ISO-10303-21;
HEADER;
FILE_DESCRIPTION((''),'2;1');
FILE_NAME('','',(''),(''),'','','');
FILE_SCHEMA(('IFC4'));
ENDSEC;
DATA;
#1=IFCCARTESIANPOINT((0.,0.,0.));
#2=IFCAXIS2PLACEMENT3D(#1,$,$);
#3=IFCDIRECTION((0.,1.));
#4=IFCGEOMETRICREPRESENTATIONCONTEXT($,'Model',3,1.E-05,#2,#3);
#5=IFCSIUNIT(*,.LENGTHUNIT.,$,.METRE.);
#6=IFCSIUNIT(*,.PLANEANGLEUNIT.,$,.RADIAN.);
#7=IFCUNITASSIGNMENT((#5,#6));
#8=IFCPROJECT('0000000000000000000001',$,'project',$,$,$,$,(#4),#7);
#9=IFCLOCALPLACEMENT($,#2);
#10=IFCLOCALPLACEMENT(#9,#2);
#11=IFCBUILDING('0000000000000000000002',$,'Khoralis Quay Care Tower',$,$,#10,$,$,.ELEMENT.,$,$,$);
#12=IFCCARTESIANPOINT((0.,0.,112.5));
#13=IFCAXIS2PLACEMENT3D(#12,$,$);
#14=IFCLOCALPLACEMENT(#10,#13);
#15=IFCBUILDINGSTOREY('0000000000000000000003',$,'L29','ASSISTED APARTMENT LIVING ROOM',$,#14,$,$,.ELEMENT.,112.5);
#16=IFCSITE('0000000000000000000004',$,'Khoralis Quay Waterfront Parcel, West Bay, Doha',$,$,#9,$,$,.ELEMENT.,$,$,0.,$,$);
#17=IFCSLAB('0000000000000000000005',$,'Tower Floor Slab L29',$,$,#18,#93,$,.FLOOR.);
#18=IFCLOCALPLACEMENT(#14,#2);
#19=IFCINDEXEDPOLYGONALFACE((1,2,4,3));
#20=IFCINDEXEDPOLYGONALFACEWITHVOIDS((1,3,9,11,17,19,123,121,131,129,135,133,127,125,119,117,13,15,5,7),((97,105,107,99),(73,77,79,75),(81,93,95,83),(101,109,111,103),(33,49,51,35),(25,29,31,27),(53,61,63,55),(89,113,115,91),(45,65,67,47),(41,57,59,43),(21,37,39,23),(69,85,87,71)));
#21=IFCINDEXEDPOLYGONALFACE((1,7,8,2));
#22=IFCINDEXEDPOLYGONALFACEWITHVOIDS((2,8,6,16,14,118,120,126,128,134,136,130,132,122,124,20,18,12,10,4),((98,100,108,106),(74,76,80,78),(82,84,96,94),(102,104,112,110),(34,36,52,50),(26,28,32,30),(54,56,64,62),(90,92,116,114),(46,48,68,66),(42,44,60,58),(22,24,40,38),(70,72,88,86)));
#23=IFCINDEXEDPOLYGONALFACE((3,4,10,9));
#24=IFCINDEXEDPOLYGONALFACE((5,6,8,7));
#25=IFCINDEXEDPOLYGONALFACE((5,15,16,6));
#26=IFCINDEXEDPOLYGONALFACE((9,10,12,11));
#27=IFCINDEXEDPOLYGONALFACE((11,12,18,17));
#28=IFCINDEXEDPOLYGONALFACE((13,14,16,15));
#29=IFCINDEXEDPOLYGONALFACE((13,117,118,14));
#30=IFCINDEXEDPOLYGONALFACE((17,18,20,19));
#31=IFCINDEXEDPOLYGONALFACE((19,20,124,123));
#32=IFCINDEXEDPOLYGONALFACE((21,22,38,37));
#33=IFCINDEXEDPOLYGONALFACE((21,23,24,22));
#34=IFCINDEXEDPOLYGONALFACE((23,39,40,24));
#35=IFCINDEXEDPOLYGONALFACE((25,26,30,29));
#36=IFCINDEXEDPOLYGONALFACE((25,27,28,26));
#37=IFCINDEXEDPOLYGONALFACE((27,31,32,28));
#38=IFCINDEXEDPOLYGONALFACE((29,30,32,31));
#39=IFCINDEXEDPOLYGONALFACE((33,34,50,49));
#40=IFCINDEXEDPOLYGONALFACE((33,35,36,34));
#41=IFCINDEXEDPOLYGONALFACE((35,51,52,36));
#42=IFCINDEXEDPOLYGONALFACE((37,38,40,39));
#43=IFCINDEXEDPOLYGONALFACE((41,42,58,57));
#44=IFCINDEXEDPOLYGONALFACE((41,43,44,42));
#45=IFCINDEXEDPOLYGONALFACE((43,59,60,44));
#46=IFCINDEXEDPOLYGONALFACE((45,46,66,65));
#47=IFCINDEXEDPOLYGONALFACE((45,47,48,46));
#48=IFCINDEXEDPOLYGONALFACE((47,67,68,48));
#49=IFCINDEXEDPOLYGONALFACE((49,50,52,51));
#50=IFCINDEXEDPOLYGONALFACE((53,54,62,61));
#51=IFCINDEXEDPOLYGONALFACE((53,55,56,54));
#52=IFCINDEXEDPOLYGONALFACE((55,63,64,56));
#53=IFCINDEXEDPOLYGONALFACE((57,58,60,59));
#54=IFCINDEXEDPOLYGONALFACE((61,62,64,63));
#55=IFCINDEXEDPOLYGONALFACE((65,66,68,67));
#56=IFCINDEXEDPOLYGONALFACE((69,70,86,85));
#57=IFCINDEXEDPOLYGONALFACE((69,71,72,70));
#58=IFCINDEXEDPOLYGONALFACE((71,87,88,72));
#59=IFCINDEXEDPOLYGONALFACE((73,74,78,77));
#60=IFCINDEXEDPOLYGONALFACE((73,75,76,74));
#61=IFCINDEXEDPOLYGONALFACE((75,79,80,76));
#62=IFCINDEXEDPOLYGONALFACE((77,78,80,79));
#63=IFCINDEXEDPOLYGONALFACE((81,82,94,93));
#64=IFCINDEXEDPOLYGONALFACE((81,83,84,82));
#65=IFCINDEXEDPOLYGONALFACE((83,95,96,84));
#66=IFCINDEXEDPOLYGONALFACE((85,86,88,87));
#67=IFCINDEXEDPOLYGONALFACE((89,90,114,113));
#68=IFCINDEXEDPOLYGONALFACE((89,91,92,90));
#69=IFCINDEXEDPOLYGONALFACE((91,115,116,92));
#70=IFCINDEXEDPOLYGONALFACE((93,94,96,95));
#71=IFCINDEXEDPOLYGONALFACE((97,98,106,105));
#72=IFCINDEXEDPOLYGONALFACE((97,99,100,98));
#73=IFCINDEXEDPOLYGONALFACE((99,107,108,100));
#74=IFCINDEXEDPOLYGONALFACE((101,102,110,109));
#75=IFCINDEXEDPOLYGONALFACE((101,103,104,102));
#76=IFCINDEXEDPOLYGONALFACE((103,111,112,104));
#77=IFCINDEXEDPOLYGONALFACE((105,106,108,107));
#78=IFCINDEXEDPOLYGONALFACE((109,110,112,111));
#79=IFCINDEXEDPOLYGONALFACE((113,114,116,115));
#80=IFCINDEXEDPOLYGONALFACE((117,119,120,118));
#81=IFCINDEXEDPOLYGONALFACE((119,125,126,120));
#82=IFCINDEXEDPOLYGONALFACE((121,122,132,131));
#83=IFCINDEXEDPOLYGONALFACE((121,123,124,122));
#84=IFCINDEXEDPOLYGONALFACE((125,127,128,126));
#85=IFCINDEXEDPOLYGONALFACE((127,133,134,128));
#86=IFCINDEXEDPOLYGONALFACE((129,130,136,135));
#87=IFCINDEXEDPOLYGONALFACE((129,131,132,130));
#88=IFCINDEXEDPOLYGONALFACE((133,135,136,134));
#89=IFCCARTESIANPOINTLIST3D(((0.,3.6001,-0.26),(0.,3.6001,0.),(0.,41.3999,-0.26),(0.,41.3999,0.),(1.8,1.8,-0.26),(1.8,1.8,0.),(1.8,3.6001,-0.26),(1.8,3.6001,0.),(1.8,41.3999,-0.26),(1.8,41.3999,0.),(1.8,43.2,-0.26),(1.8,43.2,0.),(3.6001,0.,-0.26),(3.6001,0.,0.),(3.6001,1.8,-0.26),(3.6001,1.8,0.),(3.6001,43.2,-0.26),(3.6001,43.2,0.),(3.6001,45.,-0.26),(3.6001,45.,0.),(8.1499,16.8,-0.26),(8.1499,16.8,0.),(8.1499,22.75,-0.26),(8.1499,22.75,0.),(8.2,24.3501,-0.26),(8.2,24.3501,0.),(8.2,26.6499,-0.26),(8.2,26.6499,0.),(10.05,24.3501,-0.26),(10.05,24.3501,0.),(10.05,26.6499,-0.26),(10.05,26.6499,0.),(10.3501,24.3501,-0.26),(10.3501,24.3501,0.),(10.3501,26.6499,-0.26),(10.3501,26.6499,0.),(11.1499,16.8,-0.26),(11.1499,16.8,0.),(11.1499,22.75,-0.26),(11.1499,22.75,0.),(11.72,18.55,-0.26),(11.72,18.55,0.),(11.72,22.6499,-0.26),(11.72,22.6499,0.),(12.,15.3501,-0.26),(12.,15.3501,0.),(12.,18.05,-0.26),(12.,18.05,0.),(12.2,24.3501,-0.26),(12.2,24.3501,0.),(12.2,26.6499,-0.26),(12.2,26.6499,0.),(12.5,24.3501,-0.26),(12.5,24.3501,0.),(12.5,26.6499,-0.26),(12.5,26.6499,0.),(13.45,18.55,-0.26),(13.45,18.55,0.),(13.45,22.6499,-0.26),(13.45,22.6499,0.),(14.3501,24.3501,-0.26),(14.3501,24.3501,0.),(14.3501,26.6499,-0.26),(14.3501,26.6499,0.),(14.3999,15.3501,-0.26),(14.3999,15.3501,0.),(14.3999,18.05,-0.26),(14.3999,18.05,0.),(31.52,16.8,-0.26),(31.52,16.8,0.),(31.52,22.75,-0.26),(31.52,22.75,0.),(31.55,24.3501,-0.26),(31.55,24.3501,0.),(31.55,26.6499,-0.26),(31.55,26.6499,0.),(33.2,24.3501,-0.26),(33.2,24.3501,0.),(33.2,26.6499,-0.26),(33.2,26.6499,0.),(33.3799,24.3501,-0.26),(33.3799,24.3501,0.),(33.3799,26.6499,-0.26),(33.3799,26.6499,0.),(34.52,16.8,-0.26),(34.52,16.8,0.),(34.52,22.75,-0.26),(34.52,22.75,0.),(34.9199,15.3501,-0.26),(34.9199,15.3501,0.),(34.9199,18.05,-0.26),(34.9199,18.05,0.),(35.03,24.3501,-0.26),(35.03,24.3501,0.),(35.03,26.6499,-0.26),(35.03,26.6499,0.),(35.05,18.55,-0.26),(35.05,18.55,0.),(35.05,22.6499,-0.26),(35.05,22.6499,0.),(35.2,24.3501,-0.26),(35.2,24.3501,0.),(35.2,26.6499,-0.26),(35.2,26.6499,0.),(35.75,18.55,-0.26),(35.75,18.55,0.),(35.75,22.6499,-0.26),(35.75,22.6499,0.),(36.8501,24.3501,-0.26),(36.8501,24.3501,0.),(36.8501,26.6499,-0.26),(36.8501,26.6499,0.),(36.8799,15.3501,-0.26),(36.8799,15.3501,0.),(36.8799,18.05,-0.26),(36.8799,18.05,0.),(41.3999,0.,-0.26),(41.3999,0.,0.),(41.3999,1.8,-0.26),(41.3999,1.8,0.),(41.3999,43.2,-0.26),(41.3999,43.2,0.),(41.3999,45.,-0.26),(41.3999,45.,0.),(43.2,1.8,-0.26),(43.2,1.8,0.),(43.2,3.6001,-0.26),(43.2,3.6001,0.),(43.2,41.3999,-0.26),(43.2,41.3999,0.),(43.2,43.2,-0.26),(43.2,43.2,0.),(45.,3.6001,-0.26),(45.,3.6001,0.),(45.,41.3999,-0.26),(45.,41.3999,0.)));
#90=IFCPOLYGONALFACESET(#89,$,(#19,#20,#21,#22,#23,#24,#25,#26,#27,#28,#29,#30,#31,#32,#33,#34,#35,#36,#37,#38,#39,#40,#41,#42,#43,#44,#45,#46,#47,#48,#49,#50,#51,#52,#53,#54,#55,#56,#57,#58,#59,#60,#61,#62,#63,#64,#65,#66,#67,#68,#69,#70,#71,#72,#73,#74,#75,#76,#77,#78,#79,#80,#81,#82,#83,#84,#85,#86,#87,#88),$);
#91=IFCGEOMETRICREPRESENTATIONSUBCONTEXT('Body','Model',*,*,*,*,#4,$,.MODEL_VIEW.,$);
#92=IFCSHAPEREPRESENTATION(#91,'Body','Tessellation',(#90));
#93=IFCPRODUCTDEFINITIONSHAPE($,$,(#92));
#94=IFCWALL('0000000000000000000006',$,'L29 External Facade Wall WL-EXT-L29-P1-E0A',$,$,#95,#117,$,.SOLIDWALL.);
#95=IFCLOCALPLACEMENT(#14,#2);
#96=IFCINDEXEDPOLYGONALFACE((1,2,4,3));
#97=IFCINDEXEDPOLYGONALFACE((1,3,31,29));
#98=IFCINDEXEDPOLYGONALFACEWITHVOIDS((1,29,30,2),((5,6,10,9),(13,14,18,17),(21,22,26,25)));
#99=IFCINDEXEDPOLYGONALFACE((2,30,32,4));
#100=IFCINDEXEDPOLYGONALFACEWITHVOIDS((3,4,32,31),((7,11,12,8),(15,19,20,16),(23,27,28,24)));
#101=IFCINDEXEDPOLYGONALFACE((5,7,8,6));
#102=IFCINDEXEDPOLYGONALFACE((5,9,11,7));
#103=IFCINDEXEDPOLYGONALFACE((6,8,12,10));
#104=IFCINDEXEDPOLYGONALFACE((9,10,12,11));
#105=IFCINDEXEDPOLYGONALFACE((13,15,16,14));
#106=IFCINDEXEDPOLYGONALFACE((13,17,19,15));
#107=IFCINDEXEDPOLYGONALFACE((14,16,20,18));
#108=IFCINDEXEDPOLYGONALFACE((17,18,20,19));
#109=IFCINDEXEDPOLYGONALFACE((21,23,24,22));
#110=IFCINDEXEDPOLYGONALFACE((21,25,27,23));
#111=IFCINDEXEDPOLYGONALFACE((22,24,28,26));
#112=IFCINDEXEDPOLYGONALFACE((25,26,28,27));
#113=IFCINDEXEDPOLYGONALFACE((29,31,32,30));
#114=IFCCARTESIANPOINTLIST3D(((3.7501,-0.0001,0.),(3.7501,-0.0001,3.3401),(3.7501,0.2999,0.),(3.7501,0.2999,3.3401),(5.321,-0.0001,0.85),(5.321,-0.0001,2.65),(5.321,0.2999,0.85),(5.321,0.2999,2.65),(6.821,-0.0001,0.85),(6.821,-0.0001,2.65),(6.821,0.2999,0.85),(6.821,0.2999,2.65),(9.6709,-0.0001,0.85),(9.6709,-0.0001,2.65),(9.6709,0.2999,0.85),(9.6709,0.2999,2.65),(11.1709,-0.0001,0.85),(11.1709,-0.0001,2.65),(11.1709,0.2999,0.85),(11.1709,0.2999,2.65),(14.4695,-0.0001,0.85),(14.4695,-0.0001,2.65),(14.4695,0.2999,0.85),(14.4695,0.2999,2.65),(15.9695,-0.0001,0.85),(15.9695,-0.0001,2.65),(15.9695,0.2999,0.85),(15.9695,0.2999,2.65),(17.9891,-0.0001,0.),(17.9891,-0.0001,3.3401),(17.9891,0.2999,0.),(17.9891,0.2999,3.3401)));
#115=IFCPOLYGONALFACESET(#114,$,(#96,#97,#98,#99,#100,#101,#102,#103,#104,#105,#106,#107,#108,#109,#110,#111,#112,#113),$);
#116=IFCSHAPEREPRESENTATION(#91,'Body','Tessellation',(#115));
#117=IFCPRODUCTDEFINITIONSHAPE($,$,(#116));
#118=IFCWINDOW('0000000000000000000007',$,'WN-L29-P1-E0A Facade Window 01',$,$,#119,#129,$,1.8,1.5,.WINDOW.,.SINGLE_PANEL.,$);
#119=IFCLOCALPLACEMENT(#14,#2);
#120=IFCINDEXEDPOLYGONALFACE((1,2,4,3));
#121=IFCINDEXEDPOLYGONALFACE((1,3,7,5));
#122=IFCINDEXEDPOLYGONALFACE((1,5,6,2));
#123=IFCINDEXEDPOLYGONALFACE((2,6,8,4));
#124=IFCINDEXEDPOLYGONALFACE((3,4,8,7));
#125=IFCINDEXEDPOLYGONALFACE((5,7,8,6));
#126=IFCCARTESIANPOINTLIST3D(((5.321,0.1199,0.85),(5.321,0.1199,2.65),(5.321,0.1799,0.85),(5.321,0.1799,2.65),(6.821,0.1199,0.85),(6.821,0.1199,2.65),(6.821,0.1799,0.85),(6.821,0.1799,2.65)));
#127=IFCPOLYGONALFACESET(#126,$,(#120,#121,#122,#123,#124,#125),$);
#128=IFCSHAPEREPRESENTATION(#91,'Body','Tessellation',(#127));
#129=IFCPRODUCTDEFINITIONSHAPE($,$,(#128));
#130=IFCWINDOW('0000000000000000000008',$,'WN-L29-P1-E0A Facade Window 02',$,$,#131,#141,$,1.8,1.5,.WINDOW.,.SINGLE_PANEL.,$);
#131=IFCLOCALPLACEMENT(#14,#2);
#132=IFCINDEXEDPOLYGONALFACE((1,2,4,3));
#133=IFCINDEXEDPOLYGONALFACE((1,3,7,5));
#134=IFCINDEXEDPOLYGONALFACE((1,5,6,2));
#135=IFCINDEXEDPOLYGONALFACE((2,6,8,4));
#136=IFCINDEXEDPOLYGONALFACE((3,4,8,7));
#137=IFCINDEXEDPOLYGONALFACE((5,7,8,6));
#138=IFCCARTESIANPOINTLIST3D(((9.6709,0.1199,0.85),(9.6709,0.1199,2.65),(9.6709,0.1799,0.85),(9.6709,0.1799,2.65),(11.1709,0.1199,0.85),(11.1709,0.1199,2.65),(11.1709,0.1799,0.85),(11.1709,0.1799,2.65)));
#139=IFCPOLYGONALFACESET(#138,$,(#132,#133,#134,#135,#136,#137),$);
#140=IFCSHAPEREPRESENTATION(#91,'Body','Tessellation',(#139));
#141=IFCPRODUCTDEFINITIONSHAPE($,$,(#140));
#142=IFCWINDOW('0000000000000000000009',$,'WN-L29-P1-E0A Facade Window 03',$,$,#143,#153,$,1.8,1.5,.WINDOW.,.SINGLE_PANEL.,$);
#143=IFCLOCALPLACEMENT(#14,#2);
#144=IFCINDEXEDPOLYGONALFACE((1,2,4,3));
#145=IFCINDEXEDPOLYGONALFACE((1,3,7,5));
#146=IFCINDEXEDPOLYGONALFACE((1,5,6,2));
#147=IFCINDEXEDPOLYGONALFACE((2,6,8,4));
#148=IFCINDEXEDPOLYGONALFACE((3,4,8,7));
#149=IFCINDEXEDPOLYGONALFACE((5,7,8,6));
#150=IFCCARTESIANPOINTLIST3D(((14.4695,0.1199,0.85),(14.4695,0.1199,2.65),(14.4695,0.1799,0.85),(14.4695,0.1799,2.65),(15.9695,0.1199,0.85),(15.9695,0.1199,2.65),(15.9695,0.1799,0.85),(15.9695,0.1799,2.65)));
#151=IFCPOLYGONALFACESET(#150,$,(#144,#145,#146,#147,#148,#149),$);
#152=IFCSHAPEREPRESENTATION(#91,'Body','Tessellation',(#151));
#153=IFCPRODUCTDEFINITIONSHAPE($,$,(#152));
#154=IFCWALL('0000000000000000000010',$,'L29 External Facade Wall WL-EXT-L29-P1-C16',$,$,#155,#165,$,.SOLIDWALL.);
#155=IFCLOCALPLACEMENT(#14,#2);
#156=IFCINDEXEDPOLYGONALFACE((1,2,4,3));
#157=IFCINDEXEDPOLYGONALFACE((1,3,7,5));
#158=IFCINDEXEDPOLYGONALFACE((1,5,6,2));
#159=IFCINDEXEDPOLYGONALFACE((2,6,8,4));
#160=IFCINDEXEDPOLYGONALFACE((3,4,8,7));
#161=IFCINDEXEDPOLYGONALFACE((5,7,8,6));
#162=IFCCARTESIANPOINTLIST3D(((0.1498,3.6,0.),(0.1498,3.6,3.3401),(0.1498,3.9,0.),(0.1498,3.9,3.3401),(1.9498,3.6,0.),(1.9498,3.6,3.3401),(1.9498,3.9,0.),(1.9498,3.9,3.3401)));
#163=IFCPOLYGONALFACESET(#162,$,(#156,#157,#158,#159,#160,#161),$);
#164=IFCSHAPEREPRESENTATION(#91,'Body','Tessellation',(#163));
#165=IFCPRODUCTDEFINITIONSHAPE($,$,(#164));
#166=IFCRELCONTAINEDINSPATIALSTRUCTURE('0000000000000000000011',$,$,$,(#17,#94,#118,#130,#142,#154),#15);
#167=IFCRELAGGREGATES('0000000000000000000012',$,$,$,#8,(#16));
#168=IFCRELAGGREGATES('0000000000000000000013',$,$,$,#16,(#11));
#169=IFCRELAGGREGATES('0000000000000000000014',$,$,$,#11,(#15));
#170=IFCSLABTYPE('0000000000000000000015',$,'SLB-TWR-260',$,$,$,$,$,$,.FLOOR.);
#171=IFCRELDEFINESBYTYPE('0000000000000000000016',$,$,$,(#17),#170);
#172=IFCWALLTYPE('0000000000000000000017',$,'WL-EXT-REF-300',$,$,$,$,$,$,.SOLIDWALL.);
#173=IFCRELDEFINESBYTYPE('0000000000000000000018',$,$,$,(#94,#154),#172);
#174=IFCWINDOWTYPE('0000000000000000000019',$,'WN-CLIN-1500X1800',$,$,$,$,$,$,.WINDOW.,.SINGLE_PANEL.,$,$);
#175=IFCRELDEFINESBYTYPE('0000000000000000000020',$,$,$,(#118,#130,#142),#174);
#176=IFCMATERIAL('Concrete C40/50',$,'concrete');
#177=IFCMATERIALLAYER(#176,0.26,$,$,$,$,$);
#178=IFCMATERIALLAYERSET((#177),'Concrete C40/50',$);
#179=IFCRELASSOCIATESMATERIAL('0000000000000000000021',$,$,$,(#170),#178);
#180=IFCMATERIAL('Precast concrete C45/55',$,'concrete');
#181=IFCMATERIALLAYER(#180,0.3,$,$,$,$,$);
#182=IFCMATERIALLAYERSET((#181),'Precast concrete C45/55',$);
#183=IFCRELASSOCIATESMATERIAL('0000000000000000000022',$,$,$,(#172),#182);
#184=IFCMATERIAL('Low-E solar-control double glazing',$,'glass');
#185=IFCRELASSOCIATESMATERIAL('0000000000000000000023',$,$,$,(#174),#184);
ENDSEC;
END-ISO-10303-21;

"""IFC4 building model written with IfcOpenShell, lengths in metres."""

from ifc_helpers import new_model, si_unit, direction, frame, frame_2d, origin, place, context, subcontext, project, spatial, polyline, rectangle, outline, extrude, source, transform, mapped, material, layer, layer_set, type_object, element, fill, save


model = new_model("IFC4")

# Units and contexts
model_context = context("Model", 3, precision=1e-05, world=origin(), true_north=direction((0.0, 1.0)))
body_context = subcontext(model_context, "Body", "Model", "MODEL_VIEW")
ifc_project = project(units=[si_unit("LENGTHUNIT", "METRE"), si_unit("PLANEANGLEUNIT", "RADIAN")], contexts=[model_context])

# Site, building, storey
site_placement = place(None, origin())
site = spatial("IfcSite", under=ifc_project, at=site_placement, Name="Khoralis Quay Waterfront Parcel, West Bay, Doha", CompositionType="ELEMENT", RefElevation=0.0)
building_placement = place(site_placement, origin())
building = spatial("IfcBuilding", under=site, at=building_placement, Name="Khoralis Quay Care Tower", CompositionType="ELEMENT")
storey_placement = place(building_placement, frame((0.0, 0.0, 112.5)))
storey = spatial("IfcBuildingStorey", under=building, at=storey_placement, Name="L29", Description="ASSISTED APARTMENT LIVING ROOM", CompositionType="ELEMENT", Elevation=112.5)

# Shared definitions
ifc_material_1 = material(Name="Precast concrete C45/55", Category="concrete")

# Slab
ifc_material_2 = material(Name="Concrete C40/50", Category="concrete")
ifc_layer_1 = layer(ifc_material_2, 0.26)
ifc_layer_set_1 = layer_set([ifc_layer_1], Name="Concrete C40/50")
slab_type_1 = type_object("IfcSlabType", Name="SLB-TWR-260", PredefinedType="FLOOR", material=ifc_layer_set_1)
slab_1_placement = place(storey_placement, frame((0.0, 0.0, -0.26)))
element("IfcSlab", 1, at=slab_1_placement, inside=storey, type_object=slab_type_1, Name="Tower Floor Slab L29", PredefinedType="FLOOR", context=body_context, shape_type="SweptSolid", body=[
    extrude(outline(polyline([(3.6001, 0.0), (41.3999, 0.0), (41.3999, 1.8), (43.2, 1.8), (43.2, 3.6001), (45.0, 3.6001), (45.0, 41.3999), (43.2, 41.3999), (43.2, 43.2), (41.3999, 43.2), (41.3999, 45.0), (3.6001, 45.0), (3.6001, 43.2), (1.8, 43.2), (1.8, 41.3999), (0.0, 41.3999), (0.0, 3.6001), (1.8, 3.6001), (1.8, 1.8), (3.6001, 1.8), (3.6001, 0.0)]), holes=[polyline([(11.1499, 16.8), (11.1499, 22.75), (8.1499, 22.75), (8.1499, 16.8), (11.1499, 16.8)]), polyline([(34.52, 16.8), (34.52, 22.75), (31.52, 22.75), (31.52, 16.8), (34.52, 16.8)]), polyline([(12.0, 15.3501), (14.3999, 15.3501), (14.3999, 18.05), (12.0, 18.05), (12.0, 15.3501)]), polyline([(34.9199, 15.3501), (36.8799, 15.3501), (36.8799, 18.05), (34.9199, 18.05), (34.9199, 15.3501)]), polyline([(8.2, 24.3501), (10.05, 24.3501), (10.05, 26.6499), (8.2, 26.6499), (8.2, 24.3501)]), polyline([(31.55, 24.3501), (33.2, 24.3501), (33.2, 26.6499), (31.55, 26.6499), (31.55, 24.3501)]), polyline([(10.3501, 24.3501), (12.2, 24.3501), (12.2, 26.6499), (10.3501, 26.6499), (10.3501, 24.3501)]), polyline([(33.3799, 24.3501), (35.03, 24.3501), (35.03, 26.6499), (33.3799, 26.6499), (33.3799, 24.3501)]), polyline([(12.5, 24.3501), (14.3501, 24.3501), (14.3501, 26.6499), (12.5, 26.6499), (12.5, 24.3501)]), polyline([(35.2, 24.3501), (36.8501, 24.3501), (36.8501, 26.6499), (35.2, 26.6499), (35.2, 24.3501)]), polyline([(11.72, 18.55), (13.45, 18.55), (13.45, 22.6499), (11.72, 22.6499), (11.72, 18.55)]), polyline([(35.05, 18.55), (35.75, 18.55), (35.75, 22.6499), (35.05, 22.6499), (35.05, 18.55)])]), origin(), (0.0, 0.0, 1.0), 0.26),
])

# Wall, openings, windows
ifc_layer_2 = layer(ifc_material_1, 0.3)
ifc_layer_set_2 = layer_set([ifc_layer_2], Name="Precast concrete C45/55")
wall_type_1 = type_object("IfcWallType", Name="WL-EXT-REF-300", PredefinedType="SOLIDWALL", material=ifc_layer_set_2)
wall_1_placement = place(storey_placement, frame((3.75, 0.1499, 0.0), z_axis=(0.0, 0.0, 1.0), x_axis=(1.0, 0.0, 0.0)))
wall_1 = element("IfcWall", 2, at=wall_1_placement, inside=storey, type_object=wall_type_1, Name="L29 External Facade Wall WL-EXT-L29-P1-E0A", PredefinedType="SOLIDWALL", context=body_context, shape_type="SweptSolid", body=[
    extrude(rectangle(XDim=14.239, YDim=0.3, at=frame_2d((7.1196, 0.0))), origin(), (0.0, 0.0, 1.0), 3.3401),
])
opening_1_placement = place(wall_1_placement, frame((1.571, 0.0, 0.8501)))
opening_1 = element("IfcOpeningElement", 3, at=opening_1_placement, cuts=wall_1, PredefinedType="OPENING", context=body_context, shape_type="SweptSolid", body=[
    extrude(rectangle(XDim=1.5, YDim=1.8, at=frame_2d((0.75, 0.8999))), frame((0.0, 0.1602, 0.0), z_axis=(0.0, -1.0, 0.0), x_axis=(1.0, 0.0, 0.0)), (0.0, 0.0, 1.0), 0.3201),
])
opening_2_placement = place(wall_1_placement, frame((5.9209, 0.0, 0.8501)))
opening_2 = element("IfcOpeningElement", 4, at=opening_2_placement, cuts=wall_1, PredefinedType="OPENING", context=body_context, shape_type="SweptSolid", body=[
    extrude(rectangle(XDim=1.5, YDim=1.8, at=frame_2d((0.75, 0.8999))), frame((0.0, 0.1602, 0.0), z_axis=(0.0, -1.0, 0.0), x_axis=(1.0, 0.0, 0.0)), (0.0, 0.0, 1.0), 0.3201),
])
opening_3_placement = place(wall_1_placement, frame((10.7195, 0.0, 0.8501)))
opening_3 = element("IfcOpeningElement", 5, at=opening_3_placement, cuts=wall_1, PredefinedType="OPENING", context=body_context, shape_type="SweptSolid", body=[
    extrude(rectangle(XDim=1.5, YDim=1.8, at=frame_2d((0.75, 0.8999))), frame((0.0, 0.1602, 0.0), z_axis=(0.0, -1.0, 0.0), x_axis=(1.0, 0.0, 0.0)), (0.0, 0.0, 1.0), 0.3201),
])
ifc_material_3 = material(Name="Low-E solar-control double glazing", Category="glass")
window_type = type_object("IfcWindowType", Name="WN-CLIN-1500X1800", PartitioningType="SINGLE_PANEL", PredefinedType="WINDOW", material=ifc_material_3)
shared_shape_1 = source(origin(), body_context, "Body", "SweptSolid", [
    extrude(rectangle(XDim=1.5, YDim=1.8, at=frame_2d((0.75, 0.8999))), frame((0.0, 0.03, 0.0), z_axis=(0.0, -1.0, 0.0), x_axis=(1.0, 0.0, 0.0)), (0.0, 0.0, 1.0), 0.0601),
])
window_1_placement = place(opening_1_placement, origin())
window_1 = element("IfcWindow", 6, at=window_1_placement, inside=storey, type_object=window_type, Name="WN-L29-P1-E0A Facade Window 01", OverallHeight=1.8, OverallWidth=1.5, PartitioningType="SINGLE_PANEL", PredefinedType="WINDOW", context=body_context, shape_type="MappedRepresentation", body=[
    mapped(shared_shape_1, transform((0.0, 0.0, 0.0), scale=1.0)),
])
fill(opening_1, window_1)
window_2_placement = place(opening_2_placement, origin())
window_2 = element("IfcWindow", 7, at=window_2_placement, inside=storey, type_object=window_type, Name="WN-L29-P1-E0A Facade Window 02", OverallHeight=1.8, OverallWidth=1.5, PartitioningType="SINGLE_PANEL", PredefinedType="WINDOW", context=body_context, shape_type="MappedRepresentation", body=[
    mapped(shared_shape_1, transform((0.0, 0.0, 0.0), scale=1.0)),
])
fill(opening_2, window_2)
window_3_placement = place(opening_3_placement, origin())
window_3 = element("IfcWindow", 8, at=window_3_placement, inside=storey, type_object=window_type, Name="WN-L29-P1-E0A Facade Window 03", OverallHeight=1.8, OverallWidth=1.5, PartitioningType="SINGLE_PANEL", PredefinedType="WINDOW", context=body_context, shape_type="MappedRepresentation", body=[
    mapped(shared_shape_1, transform((0.0, 0.0, 0.0), scale=1.0)),
])
fill(opening_3, window_3)

# Wall
for number, where, z_axis, x_axis, name in (
    (9, (0.1499, 3.75, 0.0), (0.0, 0.0, 1.0), (1.0, 0.0, 0.0), "L29 External Facade Wall WL-EXT-L29-P1-C16"),
):
    element("IfcWall", number, at=place(storey_placement, frame(where, z_axis=z_axis, x_axis=x_axis)), inside=storey, type_object=wall_type_1, Name=name, PredefinedType="SOLIDWALL", context=body_context, shape_type="SweptSolid", body=[
        extrude(rectangle(XDim=1.8, YDim=0.3, at=frame_2d((0.8999, 0.0))), origin(), (0.0, 0.0, 1.0), 3.3401),
    ])

save(model, "model.ifc")
